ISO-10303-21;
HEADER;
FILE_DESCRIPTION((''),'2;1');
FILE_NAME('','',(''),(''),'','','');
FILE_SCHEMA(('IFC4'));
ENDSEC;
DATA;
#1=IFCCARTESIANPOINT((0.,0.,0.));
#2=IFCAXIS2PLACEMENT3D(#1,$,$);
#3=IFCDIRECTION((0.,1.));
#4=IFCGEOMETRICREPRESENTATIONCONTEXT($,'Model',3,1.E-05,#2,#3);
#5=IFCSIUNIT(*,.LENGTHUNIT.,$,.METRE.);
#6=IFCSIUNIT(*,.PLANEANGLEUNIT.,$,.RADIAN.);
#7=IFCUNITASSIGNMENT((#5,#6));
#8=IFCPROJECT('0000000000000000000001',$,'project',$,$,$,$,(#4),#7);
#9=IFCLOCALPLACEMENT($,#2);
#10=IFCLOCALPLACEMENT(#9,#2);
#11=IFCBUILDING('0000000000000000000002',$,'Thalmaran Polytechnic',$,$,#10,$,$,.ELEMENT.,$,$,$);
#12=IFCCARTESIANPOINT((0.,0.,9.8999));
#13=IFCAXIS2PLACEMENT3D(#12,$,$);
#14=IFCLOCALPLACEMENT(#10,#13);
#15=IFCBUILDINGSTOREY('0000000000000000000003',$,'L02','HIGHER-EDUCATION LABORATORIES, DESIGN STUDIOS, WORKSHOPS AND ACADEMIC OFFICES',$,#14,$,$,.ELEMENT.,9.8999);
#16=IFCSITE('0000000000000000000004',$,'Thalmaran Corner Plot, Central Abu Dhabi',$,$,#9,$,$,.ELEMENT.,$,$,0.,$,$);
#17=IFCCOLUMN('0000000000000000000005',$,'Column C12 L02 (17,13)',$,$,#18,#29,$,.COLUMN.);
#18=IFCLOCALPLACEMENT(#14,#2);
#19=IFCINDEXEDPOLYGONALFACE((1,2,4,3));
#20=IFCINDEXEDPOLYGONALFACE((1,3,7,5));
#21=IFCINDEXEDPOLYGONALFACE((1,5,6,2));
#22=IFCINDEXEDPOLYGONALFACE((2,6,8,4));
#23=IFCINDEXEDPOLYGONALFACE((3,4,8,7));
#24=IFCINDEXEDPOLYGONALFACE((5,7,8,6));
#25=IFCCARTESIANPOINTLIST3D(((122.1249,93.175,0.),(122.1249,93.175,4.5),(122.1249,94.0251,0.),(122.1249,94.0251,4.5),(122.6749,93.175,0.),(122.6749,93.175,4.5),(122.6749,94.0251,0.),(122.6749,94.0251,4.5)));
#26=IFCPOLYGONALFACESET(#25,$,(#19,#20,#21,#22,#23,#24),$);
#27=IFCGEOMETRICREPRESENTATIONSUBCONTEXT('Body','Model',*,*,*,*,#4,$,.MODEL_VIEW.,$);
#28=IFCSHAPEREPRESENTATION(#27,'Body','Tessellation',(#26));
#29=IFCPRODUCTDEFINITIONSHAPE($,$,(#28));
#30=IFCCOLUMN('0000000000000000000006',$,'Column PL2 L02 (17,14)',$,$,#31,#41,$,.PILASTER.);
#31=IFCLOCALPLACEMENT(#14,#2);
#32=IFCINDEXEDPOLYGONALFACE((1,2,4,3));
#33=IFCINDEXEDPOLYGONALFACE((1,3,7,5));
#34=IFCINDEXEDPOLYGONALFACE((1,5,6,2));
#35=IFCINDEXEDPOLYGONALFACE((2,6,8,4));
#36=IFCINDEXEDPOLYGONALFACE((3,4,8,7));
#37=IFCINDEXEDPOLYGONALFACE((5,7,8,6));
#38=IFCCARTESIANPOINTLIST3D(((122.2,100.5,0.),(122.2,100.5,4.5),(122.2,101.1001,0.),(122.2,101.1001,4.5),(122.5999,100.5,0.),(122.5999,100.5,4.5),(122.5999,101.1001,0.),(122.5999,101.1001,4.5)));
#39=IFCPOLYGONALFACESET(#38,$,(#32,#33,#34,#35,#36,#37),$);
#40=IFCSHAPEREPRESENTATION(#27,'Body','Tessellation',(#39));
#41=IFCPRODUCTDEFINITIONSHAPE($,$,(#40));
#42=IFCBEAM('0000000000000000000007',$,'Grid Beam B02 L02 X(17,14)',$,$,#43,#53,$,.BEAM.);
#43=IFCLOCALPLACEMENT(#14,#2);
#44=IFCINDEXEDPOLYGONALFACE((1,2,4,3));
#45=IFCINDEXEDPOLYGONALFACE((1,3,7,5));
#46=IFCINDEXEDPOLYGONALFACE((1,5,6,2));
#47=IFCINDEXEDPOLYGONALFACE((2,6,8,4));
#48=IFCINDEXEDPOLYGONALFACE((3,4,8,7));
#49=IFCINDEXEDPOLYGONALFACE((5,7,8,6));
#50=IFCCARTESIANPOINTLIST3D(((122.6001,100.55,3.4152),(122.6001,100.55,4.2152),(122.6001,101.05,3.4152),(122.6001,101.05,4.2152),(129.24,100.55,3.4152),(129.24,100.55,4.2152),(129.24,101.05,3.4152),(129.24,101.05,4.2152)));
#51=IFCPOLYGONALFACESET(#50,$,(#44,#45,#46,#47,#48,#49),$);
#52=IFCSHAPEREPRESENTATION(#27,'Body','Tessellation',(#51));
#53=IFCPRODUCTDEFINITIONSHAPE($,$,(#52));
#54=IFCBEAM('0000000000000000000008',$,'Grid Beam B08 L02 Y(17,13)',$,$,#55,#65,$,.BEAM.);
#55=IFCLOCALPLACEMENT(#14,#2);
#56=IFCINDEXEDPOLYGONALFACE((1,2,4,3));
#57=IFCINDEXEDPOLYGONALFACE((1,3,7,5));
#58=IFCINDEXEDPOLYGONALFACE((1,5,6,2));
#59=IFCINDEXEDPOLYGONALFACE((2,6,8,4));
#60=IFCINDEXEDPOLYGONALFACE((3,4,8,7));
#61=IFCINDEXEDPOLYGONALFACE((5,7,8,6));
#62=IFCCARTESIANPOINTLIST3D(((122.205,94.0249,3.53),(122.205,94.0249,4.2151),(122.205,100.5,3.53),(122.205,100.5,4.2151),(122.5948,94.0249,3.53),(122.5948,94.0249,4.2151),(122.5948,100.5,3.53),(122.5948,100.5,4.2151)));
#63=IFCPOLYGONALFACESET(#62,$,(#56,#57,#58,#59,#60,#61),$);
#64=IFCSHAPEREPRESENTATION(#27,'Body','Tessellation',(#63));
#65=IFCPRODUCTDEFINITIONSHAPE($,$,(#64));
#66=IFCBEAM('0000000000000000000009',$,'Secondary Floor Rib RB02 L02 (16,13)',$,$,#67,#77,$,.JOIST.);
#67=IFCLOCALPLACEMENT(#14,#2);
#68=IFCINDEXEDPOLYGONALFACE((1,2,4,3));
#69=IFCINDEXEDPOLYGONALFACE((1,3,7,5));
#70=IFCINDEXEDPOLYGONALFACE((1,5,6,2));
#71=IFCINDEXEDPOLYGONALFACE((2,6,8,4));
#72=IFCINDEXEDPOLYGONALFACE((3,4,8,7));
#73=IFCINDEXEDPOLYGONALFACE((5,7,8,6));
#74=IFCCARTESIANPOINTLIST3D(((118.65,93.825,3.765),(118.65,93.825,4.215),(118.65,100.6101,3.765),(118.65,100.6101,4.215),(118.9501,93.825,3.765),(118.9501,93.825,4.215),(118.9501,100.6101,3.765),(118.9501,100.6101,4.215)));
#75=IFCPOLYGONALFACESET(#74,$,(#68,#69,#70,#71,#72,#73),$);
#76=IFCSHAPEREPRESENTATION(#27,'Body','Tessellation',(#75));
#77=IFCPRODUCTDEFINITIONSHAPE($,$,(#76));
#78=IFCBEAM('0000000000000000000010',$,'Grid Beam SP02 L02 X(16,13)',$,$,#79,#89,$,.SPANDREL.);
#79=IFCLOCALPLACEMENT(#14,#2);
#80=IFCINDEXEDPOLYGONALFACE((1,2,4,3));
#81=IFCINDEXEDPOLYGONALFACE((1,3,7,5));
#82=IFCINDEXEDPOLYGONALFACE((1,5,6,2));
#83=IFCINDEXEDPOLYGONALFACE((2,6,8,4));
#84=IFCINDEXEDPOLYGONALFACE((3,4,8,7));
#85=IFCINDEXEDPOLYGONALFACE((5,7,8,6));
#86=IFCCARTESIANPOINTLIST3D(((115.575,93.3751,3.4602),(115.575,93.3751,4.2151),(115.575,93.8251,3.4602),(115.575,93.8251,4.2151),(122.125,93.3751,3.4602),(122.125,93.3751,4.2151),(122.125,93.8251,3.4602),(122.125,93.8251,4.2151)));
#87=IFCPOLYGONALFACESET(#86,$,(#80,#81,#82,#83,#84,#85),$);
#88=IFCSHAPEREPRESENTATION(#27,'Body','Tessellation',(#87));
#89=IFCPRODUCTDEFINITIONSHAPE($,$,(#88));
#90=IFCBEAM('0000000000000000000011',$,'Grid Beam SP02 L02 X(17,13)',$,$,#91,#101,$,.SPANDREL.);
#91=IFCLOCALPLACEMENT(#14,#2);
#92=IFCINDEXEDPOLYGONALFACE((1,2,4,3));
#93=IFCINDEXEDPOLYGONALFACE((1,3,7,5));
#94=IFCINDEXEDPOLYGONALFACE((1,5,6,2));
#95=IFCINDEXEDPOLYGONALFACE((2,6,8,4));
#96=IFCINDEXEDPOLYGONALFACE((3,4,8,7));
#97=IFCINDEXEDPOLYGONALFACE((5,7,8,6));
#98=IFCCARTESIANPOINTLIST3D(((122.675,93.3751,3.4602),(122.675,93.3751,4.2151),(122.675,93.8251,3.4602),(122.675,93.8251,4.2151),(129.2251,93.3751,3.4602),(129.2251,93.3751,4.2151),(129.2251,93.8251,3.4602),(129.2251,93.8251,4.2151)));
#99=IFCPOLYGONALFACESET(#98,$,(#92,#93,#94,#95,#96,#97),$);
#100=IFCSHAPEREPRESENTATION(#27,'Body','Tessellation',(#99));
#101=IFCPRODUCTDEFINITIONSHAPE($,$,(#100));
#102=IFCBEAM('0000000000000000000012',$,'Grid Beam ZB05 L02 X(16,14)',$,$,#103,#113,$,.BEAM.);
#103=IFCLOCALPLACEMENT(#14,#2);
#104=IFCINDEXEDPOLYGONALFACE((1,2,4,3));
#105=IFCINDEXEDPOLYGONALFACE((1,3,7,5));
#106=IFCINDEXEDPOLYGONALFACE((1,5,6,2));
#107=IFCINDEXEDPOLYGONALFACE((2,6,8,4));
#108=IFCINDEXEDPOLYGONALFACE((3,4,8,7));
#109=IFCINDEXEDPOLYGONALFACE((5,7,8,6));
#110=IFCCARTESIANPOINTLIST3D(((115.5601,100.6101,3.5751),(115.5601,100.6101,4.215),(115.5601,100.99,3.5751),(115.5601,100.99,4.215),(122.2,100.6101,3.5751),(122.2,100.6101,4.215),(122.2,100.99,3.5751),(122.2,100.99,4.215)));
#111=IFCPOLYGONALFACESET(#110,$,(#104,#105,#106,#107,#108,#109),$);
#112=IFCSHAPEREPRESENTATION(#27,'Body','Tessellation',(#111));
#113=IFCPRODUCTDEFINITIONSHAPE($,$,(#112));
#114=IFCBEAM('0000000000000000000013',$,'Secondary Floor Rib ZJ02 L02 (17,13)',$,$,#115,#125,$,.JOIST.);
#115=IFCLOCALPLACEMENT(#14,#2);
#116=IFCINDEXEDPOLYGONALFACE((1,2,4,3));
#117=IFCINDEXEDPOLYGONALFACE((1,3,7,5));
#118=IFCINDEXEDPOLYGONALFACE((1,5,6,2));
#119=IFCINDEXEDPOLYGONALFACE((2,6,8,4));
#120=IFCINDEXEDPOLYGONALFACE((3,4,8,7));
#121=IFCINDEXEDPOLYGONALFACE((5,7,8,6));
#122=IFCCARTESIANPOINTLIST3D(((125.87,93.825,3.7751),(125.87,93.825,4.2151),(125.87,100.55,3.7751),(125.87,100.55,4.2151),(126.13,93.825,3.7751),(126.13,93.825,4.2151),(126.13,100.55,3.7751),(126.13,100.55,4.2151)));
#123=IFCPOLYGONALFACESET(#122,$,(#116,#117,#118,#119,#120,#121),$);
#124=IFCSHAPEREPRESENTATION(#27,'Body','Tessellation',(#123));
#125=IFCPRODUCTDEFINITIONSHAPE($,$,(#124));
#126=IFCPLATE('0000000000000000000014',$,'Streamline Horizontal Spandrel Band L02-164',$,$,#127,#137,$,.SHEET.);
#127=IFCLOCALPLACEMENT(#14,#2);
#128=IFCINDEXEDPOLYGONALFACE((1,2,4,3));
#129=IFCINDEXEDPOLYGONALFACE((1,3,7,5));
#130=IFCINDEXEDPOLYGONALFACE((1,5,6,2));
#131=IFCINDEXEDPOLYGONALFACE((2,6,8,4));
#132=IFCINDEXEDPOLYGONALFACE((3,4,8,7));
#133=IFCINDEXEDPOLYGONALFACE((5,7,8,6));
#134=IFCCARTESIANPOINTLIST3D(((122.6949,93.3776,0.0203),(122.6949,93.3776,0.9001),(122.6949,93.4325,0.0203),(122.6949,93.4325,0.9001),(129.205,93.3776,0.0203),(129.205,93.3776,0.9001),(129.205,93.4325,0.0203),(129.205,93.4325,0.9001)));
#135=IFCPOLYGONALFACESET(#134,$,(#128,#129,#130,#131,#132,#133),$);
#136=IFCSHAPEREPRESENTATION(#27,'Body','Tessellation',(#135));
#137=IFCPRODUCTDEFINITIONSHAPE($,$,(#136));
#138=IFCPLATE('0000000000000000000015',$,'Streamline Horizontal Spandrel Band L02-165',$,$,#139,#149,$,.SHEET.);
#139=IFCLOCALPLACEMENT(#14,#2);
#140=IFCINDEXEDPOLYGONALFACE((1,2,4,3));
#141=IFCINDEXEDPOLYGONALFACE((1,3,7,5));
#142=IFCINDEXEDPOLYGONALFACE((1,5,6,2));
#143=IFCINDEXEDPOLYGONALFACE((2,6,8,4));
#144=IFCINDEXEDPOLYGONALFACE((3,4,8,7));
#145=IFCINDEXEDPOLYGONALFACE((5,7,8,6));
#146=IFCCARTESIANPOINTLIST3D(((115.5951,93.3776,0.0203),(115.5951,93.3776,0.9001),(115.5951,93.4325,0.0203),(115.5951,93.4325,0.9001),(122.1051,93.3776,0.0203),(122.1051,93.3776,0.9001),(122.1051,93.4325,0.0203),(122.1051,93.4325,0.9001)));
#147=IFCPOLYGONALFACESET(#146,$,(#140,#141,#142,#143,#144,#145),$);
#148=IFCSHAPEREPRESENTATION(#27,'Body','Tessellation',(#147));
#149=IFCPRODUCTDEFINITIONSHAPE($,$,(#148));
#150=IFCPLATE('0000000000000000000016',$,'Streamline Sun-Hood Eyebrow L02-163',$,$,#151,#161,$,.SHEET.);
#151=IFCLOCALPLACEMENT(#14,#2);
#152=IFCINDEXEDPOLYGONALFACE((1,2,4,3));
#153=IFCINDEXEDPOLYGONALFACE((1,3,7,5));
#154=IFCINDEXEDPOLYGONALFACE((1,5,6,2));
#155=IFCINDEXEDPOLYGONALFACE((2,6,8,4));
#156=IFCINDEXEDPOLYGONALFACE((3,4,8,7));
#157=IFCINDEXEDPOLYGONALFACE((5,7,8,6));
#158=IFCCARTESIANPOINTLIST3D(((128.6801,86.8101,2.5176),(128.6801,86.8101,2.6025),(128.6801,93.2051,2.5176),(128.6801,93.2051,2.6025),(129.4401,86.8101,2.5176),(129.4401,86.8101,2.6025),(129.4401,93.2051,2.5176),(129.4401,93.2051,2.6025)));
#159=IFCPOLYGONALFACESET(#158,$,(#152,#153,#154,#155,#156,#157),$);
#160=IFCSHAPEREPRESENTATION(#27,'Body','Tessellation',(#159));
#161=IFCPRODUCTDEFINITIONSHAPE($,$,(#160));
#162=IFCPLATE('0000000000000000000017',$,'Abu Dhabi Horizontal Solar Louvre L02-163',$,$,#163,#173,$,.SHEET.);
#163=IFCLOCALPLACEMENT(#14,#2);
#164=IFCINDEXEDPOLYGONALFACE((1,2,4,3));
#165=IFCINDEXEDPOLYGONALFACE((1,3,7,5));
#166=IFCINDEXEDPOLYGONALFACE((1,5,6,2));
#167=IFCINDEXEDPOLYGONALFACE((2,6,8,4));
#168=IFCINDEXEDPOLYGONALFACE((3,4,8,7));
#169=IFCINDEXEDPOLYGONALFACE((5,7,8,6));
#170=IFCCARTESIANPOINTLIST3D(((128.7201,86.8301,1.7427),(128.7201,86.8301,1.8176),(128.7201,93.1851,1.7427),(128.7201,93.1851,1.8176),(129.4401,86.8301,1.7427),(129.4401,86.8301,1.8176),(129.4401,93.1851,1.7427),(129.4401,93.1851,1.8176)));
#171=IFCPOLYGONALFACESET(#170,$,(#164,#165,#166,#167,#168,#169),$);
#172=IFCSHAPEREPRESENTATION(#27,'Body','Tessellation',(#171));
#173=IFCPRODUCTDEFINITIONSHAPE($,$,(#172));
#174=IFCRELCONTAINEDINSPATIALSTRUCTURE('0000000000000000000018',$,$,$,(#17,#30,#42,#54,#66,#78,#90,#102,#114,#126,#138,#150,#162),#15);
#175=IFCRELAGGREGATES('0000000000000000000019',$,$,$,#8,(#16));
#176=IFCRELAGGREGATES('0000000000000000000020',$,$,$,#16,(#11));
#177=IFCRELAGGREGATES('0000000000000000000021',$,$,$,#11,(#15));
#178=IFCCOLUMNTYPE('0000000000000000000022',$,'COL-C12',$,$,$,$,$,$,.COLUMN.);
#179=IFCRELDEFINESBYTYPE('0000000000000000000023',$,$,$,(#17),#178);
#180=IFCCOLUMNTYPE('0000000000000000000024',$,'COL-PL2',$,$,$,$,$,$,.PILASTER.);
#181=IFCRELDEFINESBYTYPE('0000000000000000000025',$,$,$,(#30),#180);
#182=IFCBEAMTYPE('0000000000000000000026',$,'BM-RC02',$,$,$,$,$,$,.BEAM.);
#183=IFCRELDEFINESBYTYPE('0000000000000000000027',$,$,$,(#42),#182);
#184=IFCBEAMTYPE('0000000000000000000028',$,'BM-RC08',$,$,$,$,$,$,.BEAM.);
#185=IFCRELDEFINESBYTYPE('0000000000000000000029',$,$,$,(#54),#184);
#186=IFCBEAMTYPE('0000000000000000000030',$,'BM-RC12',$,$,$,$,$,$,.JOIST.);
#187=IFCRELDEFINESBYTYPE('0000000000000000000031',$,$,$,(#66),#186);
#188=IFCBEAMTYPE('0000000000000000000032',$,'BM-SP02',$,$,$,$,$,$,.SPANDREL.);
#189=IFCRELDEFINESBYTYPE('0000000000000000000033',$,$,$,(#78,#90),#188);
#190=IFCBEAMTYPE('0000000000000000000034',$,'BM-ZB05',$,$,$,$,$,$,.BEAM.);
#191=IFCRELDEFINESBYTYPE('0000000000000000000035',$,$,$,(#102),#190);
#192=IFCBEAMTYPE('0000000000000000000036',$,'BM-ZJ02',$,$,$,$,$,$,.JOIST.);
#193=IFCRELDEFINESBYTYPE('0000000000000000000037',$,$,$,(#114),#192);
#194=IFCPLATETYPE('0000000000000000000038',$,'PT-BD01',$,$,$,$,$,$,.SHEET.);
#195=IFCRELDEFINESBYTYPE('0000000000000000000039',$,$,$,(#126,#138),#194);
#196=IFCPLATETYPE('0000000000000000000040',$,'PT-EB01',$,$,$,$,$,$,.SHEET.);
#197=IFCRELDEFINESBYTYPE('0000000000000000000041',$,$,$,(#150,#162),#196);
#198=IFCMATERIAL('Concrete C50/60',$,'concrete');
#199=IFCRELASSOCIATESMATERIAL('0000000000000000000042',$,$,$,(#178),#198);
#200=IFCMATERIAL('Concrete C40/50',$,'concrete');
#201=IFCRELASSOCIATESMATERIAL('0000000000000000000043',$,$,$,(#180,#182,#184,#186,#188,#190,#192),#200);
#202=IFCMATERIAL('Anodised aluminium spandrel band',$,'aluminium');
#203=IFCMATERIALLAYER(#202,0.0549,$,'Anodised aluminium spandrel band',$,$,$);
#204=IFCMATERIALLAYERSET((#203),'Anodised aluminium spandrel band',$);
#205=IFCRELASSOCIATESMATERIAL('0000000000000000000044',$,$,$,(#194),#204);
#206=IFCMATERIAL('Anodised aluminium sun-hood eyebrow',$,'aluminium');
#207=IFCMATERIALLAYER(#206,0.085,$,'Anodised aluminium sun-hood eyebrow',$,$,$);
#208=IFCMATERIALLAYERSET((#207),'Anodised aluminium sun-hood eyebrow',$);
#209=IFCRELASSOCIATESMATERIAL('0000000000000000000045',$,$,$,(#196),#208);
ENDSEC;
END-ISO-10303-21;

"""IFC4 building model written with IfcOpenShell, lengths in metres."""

from ifc_helpers import new_model, si_unit, direction, frame, origin, origin_2d, place, context, subcontext, project, spatial, rectangle, extrude, material, layer, layer_set, material_profile, profile_set, type_object, element, save


model = new_model("IFC4")

# Units and contexts
model_context = context("Model", 3, precision=1e-05, world=origin(), true_north=direction((0.0, 1.0)))
body_context = subcontext(model_context, "Body", "Model", "MODEL_VIEW")
ifc_project = project(units=[si_unit("LENGTHUNIT", "METRE"), si_unit("PLANEANGLEUNIT", "RADIAN")], contexts=[model_context])

# Site, building, storey
site_placement = place(None, origin())
site = spatial("IfcSite", under=ifc_project, at=site_placement, Name="Thalmaran Corner Plot, Central Abu Dhabi", CompositionType="ELEMENT", RefElevation=0.0)
building_placement = place(site_placement, origin())
building = spatial("IfcBuilding", under=site, at=building_placement, Name="Thalmaran Polytechnic", CompositionType="ELEMENT")
storey_placement = place(building_placement, frame((0.0, 0.0, 9.8999)))
storey = spatial("IfcBuildingStorey", under=building, at=storey_placement, Name="L02", Description="HIGHER-EDUCATION LABORATORIES, DESIGN STUDIOS, WORKSHOPS AND ACADEMIC OFFICES", CompositionType="ELEMENT", Elevation=9.8999)

# Columns
ifc_material_1 = material(Name="Concrete C50/60", Category="concrete")
ifc_material_profile_1 = material_profile(ifc_material_1, rectangle(XDim=0.55, YDim=0.8501, at=origin_2d()), Name="RC 550x850")
ifc_profile_set_1 = profile_set([ifc_material_profile_1], Name="Concrete C50/60")
column_type_1 = type_object("IfcColumnType", Name="COL-C12", PredefinedType="COLUMN", material=ifc_profile_set_1)
column_1_placement = place(storey_placement, frame((122.3999, 93.6001, 0.0), z_axis=(0.0, 0.0, 1.0), x_axis=(1.0, 0.0, 0.0)))
element("IfcColumn", 1, at=column_1_placement, inside=storey, type_object=column_type_1, Name="Column C12 L02 (17,13)", PredefinedType="COLUMN", context=body_context, shape_type="SweptSolid", body=[
    extrude(rectangle(XDim=0.55, YDim=0.8501, at=origin_2d()), origin(), (0.0, 0.0, 1.0), 4.5),
])
ifc_material_2 = material(Name="Concrete C40/50", Category="concrete")
ifc_material_profile_2 = material_profile(ifc_material_2, rectangle(XDim=0.3999, YDim=0.6001, at=origin_2d()), Name="RC 400x600")
ifc_profile_set_2 = profile_set([ifc_material_profile_2], Name="Concrete C40/50")
column_type_2 = type_object("IfcColumnType", Name="COL-PL2", PredefinedType="PILASTER", material=ifc_profile_set_2)
column_2_placement = place(storey_placement, frame((122.3999, 100.8, 0.0), z_axis=(0.0, 0.0, 1.0), x_axis=(1.0, 0.0, 0.0)))
element("IfcColumn", 2, at=column_2_placement, inside=storey, type_object=column_type_2, Name="Column PL2 L02 (17,14)", PredefinedType="PILASTER", context=body_context, shape_type="SweptSolid", body=[
    extrude(rectangle(XDim=0.3999, YDim=0.6001, at=origin_2d()), origin(), (0.0, 0.0, 1.0), 4.5),
])

# Beams
ifc_material_profile_3 = material_profile(ifc_material_2, rectangle(XDim=0.5, YDim=0.8, at=origin_2d()), Name="RC 500x800")
ifc_profile_set_3 = profile_set([ifc_material_profile_3], Name="Concrete C40/50")
beam_type_1 = type_object("IfcBeamType", Name="BM-RC02", PredefinedType="BEAM", material=ifc_profile_set_3)
beam_1_placement = place(storey_placement, frame((122.6001, 100.8, 3.8152), z_axis=(1.0, 0.0, 0.0), x_axis=(0.0, 1.0, 0.0)))
element("IfcBeam", 3, at=beam_1_placement, inside=storey, type_object=beam_type_1, Name="Grid Beam B02 L02 X(17,14)", PredefinedType="BEAM", context=body_context, shape_type="SweptSolid", body=[
    extrude(rectangle(XDim=0.5, YDim=0.8, at=origin_2d()), origin(), (0.0, 0.0, 1.0), 6.6399),
])
ifc_material_profile_4 = material_profile(ifc_material_2, rectangle(XDim=0.3899, YDim=0.6851, at=origin_2d()), Name="RC 390x685")
ifc_profile_set_4 = profile_set([ifc_material_profile_4], Name="Concrete C40/50")
beam_type_2 = type_object("IfcBeamType", Name="BM-RC08", PredefinedType="BEAM", material=ifc_profile_set_4)
beam_2_placement = place(storey_placement, frame((122.3999, 94.0249, 3.8726), z_axis=(0.0, 1.0, 0.0), x_axis=(-1.0, 0.0, 0.0)))
element("IfcBeam", 4, at=beam_2_placement, inside=storey, type_object=beam_type_2, Name="Grid Beam B08 L02 Y(17,13)", PredefinedType="BEAM", context=body_context, shape_type="SweptSolid", body=[
    extrude(rectangle(XDim=0.3899, YDim=0.6851, at=origin_2d()), origin(), (0.0, 0.0, 1.0), 6.4751),
])
ifc_material_profile_5 = material_profile(ifc_material_2, rectangle(XDim=0.3, YDim=0.45, at=origin_2d()), Name="RC 300x450")
ifc_profile_set_5 = profile_set([ifc_material_profile_5], Name="Concrete C40/50")
beam_type_3 = type_object("IfcBeamType", Name="BM-RC12", PredefinedType="JOIST", material=ifc_profile_set_5)
beam_3_placement = place(storey_placement, frame((118.8, 93.825, 3.99), z_axis=(0.0, 1.0, 0.0), x_axis=(-1.0, 0.0, 0.0)))
element("IfcBeam", 5, at=beam_3_placement, inside=storey, type_object=beam_type_3, Name="Secondary Floor Rib RB02 L02 (16,13)", PredefinedType="JOIST", context=body_context, shape_type="SweptSolid", body=[
    extrude(rectangle(XDim=0.3, YDim=0.45, at=origin_2d()), origin(), (0.0, 0.0, 1.0), 6.7852),
])
ifc_material_profile_6 = material_profile(ifc_material_2, rectangle(XDim=0.45, YDim=0.7549, at=origin_2d()), Name="RC 450x755")
ifc_profile_set_6 = profile_set([ifc_material_profile_6], Name="Concrete C40/50")
beam_type_4 = type_object("IfcBeamType", Name="BM-SP02", PredefinedType="SPANDREL", material=ifc_profile_set_6)
for number, where, z_axis, x_axis, name in (
    (6, (115.575, 93.6001, 3.8376), (1.0, 0.0, 0.0), (0.0, 1.0, 0.0), "Grid Beam SP02 L02 X(16,13)"),
    (7, (122.675, 93.6001, 3.8376), (1.0, 0.0, 0.0), (0.0, 1.0, 0.0), "Grid Beam SP02 L02 X(17,13)"),
):
    element("IfcBeam", number, at=place(storey_placement, frame(where, z_axis=z_axis, x_axis=x_axis)), inside=storey, type_object=beam_type_4, Name=name, PredefinedType="SPANDREL", context=body_context, shape_type="SweptSolid", body=[
        extrude(rectangle(XDim=0.45, YDim=0.7549, at=origin_2d()), origin(), (0.0, 0.0, 1.0), 6.55),
    ])
ifc_material_profile_7 = material_profile(ifc_material_2, rectangle(XDim=0.3799, YDim=0.6399, at=origin_2d()), Name="RC 380x640")
ifc_profile_set_7 = profile_set([ifc_material_profile_7], Name="Concrete C40/50")
beam_type_5 = type_object("IfcBeamType", Name="BM-ZB05", PredefinedType="BEAM", material=ifc_profile_set_7)
beam_4_placement = place(storey_placement, frame((115.5601, 100.8, 3.895), z_axis=(1.0, 0.0, 0.0), x_axis=(0.0, 1.0, 0.0)))
element("IfcBeam", 8, at=beam_4_placement, inside=storey, type_object=beam_type_5, Name="Grid Beam ZB05 L02 X(16,14)", PredefinedType="BEAM", context=body_context, shape_type="SweptSolid", body=[
    extrude(rectangle(XDim=0.3799, YDim=0.6399, at=origin_2d()), origin(), (0.0, 0.0, 1.0), 6.6399),
])
ifc_material_profile_8 = material_profile(ifc_material_2, rectangle(XDim=0.26, YDim=0.4399, at=origin_2d()), Name="RC 260x440")
ifc_profile_set_8 = profile_set([ifc_material_profile_8], Name="Concrete C40/50")
beam_type_6 = type_object("IfcBeamType", Name="BM-ZJ02", PredefinedType="JOIST", material=ifc_profile_set_8)
beam_5_placement = place(storey_placement, frame((126.0, 93.825, 3.9951), z_axis=(0.0, 1.0, 0.0), x_axis=(-1.0, 0.0, 0.0)))
element("IfcBeam", 9, at=beam_5_placement, inside=storey, type_object=beam_type_6, Name="Secondary Floor Rib ZJ02 L02 (17,13)", PredefinedType="JOIST", context=body_context, shape_type="SweptSolid", body=[
    extrude(rectangle(XDim=0.26, YDim=0.4399, at=origin_2d()), origin(), (0.0, 0.0, 1.0), 6.7251),
])

# Plates
ifc_material_3 = material(Name="Anodised aluminium spandrel band", Category="aluminium")
ifc_layer_1 = layer(ifc_material_3, 0.0549, Name="Anodised aluminium spandrel band")
ifc_layer_set_1 = layer_set([ifc_layer_1], Name="Anodised aluminium spandrel band")
plate_type_1 = type_object("IfcPlateType", Name="PT-BD01", PredefinedType="SHEET", material=ifc_layer_set_1)
for number, where, z_axis, x_axis, name in (
    (10, (125.95, 93.405, 0.0203), (0.0, 0.0, 1.0), (-1.0, 0.0, 0.0), "Streamline Horizontal Spandrel Band L02-164"),
    (11, (118.8501, 93.405, 0.0203), (0.0, 0.0, 1.0), (-1.0, 0.0, 0.0), "Streamline Horizontal Spandrel Band L02-165"),
):
    element("IfcPlate", number, at=place(storey_placement, frame(where, z_axis=z_axis, x_axis=x_axis)), inside=storey, type_object=plate_type_1, Name=name, PredefinedType="SHEET", context=body_context, shape_type="SweptSolid", body=[
        extrude(rectangle(XDim=6.51, YDim=0.0549, at=origin_2d()), origin(), (0.0, 0.0, 1.0), 0.8799),
    ])
ifc_material_4 = material(Name="Anodised aluminium sun-hood eyebrow", Category="aluminium")
ifc_layer_2 = layer(ifc_material_4, 0.085, Name="Anodised aluminium sun-hood eyebrow")
ifc_layer_set_2 = layer_set([ifc_layer_2], Name="Anodised aluminium sun-hood eyebrow")
plate_type_2 = type_object("IfcPlateType", Name="PT-EB01", PredefinedType="SHEET", material=ifc_layer_set_2)
plate_1_placement = place(storey_placement, frame((129.0601, 90.0076, 2.5176), z_axis=(0.0, 0.0, 1.0), x_axis=(0.0, 1.0, 0.0)))
element("IfcPlate", 12, at=plate_1_placement, inside=storey, type_object=plate_type_2, Name="Streamline Sun-Hood Eyebrow L02-163", PredefinedType="SHEET", context=body_context, shape_type="SweptSolid", body=[
    extrude(rectangle(XDim=6.395, YDim=0.76, at=origin_2d()), origin(), (0.0, 0.0, 1.0), 0.085),
])
plate_2_placement = place(storey_placement, frame((129.0801, 90.0076, 1.7427), z_axis=(0.0, 0.0, 1.0), x_axis=(0.0, 1.0, 0.0)))
element("IfcPlate", 13, at=plate_2_placement, inside=storey, type_object=plate_type_2, Name="Abu Dhabi Horizontal Solar Louvre L02-163", PredefinedType="SHEET", context=body_context, shape_type="SweptSolid", body=[
    extrude(rectangle(XDim=6.355, YDim=0.72, at=origin_2d()), origin(), (0.0, 0.0, 1.0), 0.075),
])

save(model, "model.ifc")
